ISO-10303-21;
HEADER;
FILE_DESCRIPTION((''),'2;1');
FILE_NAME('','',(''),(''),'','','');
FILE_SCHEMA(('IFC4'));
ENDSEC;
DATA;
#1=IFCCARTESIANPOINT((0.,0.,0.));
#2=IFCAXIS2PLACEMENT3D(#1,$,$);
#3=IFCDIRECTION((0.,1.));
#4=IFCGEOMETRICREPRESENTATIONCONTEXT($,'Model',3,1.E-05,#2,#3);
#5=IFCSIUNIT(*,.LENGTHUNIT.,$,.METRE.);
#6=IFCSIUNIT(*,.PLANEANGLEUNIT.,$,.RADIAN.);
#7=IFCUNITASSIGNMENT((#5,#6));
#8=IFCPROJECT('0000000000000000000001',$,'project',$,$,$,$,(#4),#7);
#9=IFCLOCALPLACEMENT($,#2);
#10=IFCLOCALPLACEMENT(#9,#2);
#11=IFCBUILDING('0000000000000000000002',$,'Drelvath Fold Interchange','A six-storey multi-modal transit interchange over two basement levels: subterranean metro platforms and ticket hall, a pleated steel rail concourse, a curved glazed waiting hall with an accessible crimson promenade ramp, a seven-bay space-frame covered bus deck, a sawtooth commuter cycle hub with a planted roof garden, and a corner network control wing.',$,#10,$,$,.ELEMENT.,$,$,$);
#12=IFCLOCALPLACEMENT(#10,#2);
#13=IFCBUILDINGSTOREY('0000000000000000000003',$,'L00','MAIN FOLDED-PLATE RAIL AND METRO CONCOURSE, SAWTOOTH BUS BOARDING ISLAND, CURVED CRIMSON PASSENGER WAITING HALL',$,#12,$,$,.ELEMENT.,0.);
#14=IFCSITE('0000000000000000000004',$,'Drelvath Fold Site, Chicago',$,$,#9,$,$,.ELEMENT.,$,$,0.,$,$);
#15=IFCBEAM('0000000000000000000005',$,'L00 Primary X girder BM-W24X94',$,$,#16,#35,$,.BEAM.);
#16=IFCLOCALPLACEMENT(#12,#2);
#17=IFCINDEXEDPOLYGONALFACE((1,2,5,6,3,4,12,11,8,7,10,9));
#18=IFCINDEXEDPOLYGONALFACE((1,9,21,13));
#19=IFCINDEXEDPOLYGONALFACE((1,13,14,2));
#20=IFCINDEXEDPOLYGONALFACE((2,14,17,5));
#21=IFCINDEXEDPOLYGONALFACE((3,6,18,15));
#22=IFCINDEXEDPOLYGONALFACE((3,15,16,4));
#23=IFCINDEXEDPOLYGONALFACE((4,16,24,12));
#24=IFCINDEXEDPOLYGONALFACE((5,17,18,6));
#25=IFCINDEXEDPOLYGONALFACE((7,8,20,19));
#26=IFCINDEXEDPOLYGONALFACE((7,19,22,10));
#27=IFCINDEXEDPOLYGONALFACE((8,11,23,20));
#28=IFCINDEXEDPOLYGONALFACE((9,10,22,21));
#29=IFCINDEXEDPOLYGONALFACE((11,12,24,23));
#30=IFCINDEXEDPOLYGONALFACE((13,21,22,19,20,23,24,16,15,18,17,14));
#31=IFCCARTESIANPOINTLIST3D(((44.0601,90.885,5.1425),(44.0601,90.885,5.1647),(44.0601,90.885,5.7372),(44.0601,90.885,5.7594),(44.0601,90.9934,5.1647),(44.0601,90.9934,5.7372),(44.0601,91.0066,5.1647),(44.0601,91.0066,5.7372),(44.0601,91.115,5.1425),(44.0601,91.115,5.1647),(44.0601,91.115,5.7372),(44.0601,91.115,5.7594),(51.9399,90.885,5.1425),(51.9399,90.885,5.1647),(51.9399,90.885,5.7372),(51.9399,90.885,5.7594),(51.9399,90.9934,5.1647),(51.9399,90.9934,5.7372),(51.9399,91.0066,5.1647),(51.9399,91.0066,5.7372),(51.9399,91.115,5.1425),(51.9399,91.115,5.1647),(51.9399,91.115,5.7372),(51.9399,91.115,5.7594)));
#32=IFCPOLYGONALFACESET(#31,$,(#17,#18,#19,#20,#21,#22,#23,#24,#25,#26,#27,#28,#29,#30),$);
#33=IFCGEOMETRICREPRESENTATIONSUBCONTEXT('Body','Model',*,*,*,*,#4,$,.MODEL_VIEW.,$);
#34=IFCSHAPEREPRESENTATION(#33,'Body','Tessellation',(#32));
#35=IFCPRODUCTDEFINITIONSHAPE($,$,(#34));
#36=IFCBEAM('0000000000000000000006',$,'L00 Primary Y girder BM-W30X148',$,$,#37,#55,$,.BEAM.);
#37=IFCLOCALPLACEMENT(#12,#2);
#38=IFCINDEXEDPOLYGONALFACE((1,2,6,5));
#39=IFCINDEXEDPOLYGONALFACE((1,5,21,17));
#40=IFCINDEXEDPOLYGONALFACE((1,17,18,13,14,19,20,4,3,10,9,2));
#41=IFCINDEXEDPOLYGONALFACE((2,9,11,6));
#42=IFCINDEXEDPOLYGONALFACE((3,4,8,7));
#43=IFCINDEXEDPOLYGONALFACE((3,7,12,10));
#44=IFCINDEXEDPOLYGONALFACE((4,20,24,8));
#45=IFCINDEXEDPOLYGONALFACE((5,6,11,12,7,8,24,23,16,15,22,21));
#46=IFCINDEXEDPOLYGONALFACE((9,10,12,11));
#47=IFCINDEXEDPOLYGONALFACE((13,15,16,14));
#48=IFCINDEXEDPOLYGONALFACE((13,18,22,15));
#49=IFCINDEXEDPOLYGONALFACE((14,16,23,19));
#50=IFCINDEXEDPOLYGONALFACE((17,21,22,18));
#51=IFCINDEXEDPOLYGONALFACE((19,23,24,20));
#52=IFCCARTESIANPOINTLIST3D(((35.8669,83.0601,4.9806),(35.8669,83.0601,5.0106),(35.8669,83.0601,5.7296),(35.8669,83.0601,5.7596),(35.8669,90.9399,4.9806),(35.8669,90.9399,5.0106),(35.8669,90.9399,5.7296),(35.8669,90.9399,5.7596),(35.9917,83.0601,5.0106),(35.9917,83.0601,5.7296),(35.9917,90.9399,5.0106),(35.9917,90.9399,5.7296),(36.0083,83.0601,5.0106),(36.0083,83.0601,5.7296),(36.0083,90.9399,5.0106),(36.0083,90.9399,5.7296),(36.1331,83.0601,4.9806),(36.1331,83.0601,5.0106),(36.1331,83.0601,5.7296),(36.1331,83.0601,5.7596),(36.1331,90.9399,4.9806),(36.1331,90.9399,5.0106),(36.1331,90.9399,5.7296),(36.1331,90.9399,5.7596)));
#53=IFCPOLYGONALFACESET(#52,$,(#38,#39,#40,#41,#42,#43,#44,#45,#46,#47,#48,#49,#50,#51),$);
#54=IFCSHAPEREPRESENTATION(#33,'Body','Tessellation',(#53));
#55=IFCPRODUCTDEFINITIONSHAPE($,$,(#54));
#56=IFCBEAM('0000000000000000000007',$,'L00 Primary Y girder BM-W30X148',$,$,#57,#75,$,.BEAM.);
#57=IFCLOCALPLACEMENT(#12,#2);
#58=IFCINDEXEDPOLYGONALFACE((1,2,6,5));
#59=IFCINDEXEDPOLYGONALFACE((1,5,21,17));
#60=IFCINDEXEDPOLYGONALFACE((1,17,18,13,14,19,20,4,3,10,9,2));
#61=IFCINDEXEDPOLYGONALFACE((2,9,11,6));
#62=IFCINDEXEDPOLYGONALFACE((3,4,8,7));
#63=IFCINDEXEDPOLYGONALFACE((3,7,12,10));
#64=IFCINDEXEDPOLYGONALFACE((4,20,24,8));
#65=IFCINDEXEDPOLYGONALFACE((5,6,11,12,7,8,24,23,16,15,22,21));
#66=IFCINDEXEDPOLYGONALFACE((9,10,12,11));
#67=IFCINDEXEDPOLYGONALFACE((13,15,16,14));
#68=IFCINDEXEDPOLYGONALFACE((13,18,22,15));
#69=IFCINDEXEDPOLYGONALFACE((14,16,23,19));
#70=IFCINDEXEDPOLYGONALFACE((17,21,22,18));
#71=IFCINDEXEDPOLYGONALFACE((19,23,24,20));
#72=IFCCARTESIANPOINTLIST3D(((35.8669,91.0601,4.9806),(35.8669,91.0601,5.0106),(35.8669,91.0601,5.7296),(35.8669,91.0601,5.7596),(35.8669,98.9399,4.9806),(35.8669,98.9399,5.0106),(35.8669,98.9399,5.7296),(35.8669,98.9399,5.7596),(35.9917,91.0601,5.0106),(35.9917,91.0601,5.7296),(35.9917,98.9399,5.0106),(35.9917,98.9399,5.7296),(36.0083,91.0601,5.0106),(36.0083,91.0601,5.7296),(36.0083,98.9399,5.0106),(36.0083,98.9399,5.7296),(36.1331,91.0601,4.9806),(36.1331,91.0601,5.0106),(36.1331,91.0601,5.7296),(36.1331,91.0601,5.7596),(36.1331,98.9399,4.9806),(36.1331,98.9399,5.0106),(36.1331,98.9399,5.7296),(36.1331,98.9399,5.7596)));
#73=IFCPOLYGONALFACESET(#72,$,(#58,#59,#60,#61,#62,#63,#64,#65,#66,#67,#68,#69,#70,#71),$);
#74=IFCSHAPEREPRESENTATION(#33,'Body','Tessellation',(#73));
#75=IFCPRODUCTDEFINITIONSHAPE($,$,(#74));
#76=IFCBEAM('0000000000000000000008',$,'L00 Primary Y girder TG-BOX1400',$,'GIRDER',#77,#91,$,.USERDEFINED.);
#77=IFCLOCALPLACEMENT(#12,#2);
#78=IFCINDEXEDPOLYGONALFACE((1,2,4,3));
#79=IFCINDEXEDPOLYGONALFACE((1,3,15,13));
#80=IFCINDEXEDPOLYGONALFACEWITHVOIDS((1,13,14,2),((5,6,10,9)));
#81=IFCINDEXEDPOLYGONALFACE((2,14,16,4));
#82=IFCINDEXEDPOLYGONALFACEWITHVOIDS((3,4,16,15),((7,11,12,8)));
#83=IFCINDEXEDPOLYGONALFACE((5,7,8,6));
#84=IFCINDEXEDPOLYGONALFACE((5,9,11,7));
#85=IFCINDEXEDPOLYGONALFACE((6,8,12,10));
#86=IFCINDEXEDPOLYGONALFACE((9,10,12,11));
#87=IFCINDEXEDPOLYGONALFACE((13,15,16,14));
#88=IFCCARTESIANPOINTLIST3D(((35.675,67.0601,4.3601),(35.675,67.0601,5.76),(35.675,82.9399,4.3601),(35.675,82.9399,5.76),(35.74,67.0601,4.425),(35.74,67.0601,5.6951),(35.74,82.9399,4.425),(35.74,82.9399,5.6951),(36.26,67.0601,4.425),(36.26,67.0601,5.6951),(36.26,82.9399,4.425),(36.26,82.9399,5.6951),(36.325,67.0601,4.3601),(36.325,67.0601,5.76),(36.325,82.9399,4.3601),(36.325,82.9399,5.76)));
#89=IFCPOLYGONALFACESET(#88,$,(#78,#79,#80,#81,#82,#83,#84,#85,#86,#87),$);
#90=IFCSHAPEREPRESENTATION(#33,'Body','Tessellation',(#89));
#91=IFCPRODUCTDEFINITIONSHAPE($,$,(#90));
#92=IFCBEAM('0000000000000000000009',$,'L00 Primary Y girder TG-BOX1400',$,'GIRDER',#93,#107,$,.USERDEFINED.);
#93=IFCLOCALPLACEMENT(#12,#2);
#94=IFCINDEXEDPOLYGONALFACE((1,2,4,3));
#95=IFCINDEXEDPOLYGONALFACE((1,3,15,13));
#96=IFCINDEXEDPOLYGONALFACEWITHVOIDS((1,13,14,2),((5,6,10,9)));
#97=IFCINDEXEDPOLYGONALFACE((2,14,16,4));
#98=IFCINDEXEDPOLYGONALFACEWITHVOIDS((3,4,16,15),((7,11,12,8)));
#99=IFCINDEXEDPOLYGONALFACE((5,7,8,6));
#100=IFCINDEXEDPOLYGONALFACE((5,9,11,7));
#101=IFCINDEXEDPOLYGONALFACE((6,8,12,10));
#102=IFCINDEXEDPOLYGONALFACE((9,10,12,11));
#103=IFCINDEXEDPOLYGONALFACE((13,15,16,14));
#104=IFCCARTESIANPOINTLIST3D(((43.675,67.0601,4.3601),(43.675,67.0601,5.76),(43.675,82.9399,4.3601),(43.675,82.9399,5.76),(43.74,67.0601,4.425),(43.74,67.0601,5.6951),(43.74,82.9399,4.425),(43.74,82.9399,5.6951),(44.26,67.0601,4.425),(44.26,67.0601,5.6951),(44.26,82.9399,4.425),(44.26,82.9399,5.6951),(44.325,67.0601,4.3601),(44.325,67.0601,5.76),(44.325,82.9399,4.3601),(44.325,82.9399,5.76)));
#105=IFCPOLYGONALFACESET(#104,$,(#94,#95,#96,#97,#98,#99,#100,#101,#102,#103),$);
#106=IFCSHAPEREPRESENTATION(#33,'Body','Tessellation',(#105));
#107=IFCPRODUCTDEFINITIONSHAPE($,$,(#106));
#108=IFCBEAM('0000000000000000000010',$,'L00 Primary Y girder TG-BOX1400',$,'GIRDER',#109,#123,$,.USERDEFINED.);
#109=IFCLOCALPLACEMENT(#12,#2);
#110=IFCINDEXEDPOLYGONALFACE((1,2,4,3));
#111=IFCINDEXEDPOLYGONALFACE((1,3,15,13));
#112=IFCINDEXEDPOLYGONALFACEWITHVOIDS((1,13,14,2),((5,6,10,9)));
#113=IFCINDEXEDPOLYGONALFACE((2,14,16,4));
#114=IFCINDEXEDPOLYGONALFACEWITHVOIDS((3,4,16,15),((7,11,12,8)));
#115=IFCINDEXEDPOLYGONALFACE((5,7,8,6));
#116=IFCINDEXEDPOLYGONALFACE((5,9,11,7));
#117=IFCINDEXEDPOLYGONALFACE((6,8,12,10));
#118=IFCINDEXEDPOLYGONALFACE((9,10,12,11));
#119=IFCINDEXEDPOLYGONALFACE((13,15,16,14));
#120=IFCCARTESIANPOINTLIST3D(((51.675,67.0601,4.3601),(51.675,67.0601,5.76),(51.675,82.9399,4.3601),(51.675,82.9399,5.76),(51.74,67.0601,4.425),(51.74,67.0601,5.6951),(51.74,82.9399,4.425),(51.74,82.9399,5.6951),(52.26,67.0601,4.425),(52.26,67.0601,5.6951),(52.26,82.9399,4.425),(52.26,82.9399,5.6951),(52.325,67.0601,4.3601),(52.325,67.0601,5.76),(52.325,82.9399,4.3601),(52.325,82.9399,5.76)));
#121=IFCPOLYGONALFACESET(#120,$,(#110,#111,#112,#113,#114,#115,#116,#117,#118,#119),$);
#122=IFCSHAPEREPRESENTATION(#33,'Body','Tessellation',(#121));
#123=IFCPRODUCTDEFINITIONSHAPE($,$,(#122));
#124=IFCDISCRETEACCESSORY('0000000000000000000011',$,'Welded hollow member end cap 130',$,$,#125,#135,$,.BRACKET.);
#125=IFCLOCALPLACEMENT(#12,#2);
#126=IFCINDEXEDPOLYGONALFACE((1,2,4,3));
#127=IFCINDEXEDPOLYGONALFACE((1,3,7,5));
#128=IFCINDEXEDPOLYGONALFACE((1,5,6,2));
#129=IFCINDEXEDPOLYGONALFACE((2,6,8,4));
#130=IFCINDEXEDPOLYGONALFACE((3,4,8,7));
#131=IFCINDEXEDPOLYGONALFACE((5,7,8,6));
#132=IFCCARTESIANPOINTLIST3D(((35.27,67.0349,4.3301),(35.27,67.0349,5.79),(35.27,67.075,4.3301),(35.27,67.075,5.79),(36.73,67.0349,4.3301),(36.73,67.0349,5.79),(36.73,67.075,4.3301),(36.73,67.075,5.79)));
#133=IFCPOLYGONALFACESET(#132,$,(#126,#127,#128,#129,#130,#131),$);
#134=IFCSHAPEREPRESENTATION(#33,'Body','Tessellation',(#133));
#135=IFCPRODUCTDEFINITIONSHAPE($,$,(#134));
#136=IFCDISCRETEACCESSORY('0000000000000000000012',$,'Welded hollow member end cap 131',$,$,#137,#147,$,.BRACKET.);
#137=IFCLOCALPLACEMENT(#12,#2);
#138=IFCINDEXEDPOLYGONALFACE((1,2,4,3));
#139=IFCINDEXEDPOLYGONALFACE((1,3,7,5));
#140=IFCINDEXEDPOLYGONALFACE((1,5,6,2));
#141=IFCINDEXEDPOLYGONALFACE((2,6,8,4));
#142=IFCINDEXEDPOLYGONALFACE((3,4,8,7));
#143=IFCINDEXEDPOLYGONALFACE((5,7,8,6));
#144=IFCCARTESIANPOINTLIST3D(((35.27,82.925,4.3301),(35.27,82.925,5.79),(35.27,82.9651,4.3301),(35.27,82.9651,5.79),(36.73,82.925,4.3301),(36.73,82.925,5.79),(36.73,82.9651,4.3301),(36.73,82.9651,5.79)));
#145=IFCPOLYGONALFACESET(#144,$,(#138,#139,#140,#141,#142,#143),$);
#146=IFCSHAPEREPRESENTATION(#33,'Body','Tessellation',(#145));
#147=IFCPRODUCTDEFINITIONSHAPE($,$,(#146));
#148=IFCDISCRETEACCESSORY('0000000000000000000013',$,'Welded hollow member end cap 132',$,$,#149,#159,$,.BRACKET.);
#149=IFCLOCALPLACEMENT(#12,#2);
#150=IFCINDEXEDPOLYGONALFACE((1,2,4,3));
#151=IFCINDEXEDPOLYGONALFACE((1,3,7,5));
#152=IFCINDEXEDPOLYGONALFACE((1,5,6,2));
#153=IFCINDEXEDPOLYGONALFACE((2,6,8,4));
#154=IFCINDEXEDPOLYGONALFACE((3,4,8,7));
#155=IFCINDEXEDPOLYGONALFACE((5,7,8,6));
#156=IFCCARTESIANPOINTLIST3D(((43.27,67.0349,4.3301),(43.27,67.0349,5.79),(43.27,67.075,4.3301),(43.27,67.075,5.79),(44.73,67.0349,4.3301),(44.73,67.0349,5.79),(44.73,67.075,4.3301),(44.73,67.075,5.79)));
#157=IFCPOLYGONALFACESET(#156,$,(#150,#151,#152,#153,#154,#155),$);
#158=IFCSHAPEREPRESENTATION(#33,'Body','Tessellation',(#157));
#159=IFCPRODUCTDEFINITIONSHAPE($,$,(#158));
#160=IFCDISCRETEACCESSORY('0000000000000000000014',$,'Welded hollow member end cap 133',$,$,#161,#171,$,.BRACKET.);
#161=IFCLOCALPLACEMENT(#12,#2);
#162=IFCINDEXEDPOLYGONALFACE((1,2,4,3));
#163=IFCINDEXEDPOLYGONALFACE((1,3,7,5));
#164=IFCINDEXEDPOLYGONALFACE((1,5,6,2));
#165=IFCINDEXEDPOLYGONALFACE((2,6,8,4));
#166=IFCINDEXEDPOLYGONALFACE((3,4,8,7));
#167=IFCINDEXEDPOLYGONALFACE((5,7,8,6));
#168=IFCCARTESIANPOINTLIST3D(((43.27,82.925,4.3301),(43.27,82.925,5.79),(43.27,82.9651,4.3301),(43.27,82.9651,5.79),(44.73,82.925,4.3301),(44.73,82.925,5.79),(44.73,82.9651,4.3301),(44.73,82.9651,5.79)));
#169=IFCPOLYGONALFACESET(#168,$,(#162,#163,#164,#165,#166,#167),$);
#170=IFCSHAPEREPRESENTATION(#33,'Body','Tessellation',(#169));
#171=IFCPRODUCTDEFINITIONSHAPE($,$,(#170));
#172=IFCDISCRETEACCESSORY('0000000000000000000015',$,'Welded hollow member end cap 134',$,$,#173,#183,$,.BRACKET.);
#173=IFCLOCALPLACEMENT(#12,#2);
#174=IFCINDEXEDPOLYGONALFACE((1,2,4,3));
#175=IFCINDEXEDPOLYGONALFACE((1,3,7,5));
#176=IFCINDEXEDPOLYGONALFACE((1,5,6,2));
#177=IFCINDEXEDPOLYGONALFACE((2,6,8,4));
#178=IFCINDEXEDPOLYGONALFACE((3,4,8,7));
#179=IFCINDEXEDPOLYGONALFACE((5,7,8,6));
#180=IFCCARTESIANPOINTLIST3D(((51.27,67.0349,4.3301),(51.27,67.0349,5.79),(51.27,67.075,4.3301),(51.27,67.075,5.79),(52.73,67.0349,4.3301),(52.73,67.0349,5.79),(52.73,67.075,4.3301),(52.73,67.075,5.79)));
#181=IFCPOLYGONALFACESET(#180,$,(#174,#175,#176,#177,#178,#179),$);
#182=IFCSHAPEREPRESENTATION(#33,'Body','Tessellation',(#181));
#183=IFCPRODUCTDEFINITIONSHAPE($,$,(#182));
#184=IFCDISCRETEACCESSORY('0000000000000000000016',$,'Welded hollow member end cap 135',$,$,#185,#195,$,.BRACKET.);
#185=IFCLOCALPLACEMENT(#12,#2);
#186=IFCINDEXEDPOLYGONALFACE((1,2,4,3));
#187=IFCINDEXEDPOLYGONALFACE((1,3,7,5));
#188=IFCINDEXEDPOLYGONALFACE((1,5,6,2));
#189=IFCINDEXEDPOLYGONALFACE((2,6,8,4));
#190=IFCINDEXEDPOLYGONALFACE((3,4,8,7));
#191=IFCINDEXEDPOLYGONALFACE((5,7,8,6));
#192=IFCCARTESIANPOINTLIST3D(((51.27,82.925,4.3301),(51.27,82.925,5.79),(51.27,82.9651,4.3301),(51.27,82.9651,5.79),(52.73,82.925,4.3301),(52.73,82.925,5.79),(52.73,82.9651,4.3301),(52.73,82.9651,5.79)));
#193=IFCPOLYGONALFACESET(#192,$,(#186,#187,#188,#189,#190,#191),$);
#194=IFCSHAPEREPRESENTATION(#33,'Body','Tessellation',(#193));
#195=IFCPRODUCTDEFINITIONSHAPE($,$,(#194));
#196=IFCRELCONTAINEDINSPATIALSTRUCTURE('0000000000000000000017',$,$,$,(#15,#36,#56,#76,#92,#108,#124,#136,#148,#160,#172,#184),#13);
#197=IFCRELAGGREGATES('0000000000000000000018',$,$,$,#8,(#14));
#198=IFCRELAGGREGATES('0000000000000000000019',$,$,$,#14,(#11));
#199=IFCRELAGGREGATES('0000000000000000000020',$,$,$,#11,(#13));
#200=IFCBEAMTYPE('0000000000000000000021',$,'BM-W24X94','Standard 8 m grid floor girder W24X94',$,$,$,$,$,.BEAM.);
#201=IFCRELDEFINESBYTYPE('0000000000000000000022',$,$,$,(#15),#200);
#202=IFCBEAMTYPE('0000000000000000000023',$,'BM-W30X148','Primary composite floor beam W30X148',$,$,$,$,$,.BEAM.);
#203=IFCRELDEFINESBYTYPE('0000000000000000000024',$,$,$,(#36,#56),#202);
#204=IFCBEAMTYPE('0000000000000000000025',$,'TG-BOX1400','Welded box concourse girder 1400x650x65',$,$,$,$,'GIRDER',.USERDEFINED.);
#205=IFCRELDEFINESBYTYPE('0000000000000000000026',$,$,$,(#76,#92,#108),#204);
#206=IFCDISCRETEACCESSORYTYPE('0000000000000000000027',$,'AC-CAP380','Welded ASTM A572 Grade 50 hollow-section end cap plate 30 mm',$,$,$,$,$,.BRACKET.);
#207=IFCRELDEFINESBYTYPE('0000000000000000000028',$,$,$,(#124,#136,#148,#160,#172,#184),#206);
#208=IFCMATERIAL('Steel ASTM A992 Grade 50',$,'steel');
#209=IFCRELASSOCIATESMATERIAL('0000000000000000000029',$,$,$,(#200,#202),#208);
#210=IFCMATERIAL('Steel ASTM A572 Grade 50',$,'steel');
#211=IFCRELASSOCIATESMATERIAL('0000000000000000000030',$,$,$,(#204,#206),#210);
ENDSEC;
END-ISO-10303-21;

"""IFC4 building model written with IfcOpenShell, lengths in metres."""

from ifc_helpers import new_model, si_unit, direction, frame, origin, origin_2d, place, context, subcontext, project, spatial, rectangle, hollow_rectangle, i_section, extrude, material, material_profile, profile_set, type_object, element, save


model = new_model("IFC4")

# Units and contexts
model_context = context("Model", 3, precision=1e-05, world=origin(), true_north=direction((0.0, 1.0)))
body_context = subcontext(model_context, "Body", "Model", "MODEL_VIEW")
ifc_project = project(units=[si_unit("LENGTHUNIT", "METRE"), si_unit("PLANEANGLEUNIT", "RADIAN")], contexts=[model_context])

# Site, building, storey
site_placement = place(None, origin())
site = spatial("IfcSite", under=ifc_project, at=site_placement, Name="Drelvath Fold Site, Chicago", CompositionType="ELEMENT", RefElevation=0.0)
building_placement = place(site_placement, origin())
building = spatial("IfcBuilding", under=site, at=building_placement, Name="Drelvath Fold Interchange", Description="A six-storey multi-modal transit interchange over two basement levels: subterranean metro platforms and ticket hall, a pleated steel rail concourse, a curved glazed waiting hall with an accessible crimson promenade ramp, a seven-bay space-frame covered bus deck, a sawtooth commuter cycle hub with a planted roof garden, and a corner network control wing.", CompositionType="ELEMENT")
storey_placement = place(building_placement, origin())
storey = spatial("IfcBuildingStorey", under=building, at=storey_placement, Name="L00", Description="MAIN FOLDED-PLATE RAIL AND METRO CONCOURSE, SAWTOOTH BUS BOARDING ISLAND, CURVED CRIMSON PASSENGER WAITING HALL", CompositionType="ELEMENT", Elevation=0.0)

# Beams
ifc_material_1 = material(Name="Steel ASTM A992 Grade 50", Category="steel")
ifc_material_profile_1 = material_profile(ifc_material_1, i_section(OverallWidth=0.23, OverallDepth=0.6169, WebThickness=0.0132, FlangeThickness=0.0222, at=origin_2d()), Name="W24X94")
ifc_profile_set_1 = profile_set([ifc_material_profile_1], Name="Steel ASTM A992 Grade 50")
beam_type_1 = type_object("IfcBeamType", Name="BM-W24X94", Description="Standard 8 m grid floor girder W24X94", PredefinedType="BEAM", material=ifc_profile_set_1)
for number, where, z_axis, x_axis, name in (
    (1, (44.0601, 91.0, 5.4509), (1.0, 0.0, 0.0), (0.0, 1.0, 0.0), "L00 Primary X girder BM-W24X94"),
):
    element("IfcBeam", number, at=place(storey_placement, frame(where, z_axis=z_axis, x_axis=x_axis)), inside=storey, type_object=beam_type_1, Name=name, PredefinedType="BEAM", context=body_context, shape_type="SweptSolid", body=[
        extrude(i_section(OverallWidth=0.23, OverallDepth=0.6169, WebThickness=0.0132, FlangeThickness=0.0222, at=origin_2d()), origin(), (0.0, 0.0, 1.0), 7.8799),
    ])
ifc_material_profile_2 = material_profile(ifc_material_1, i_section(OverallWidth=0.2661, OverallDepth=0.7791, WebThickness=0.0166, FlangeThickness=0.03, at=origin_2d()), Name="W30X148")
ifc_profile_set_2 = profile_set([ifc_material_profile_2], Name="Steel ASTM A992 Grade 50")
beam_type_2 = type_object("IfcBeamType", Name="BM-W30X148", Description="Primary composite floor beam W30X148", PredefinedType="BEAM", material=ifc_profile_set_2)
for number, where, z_axis, x_axis, name in (
    (2, (36.0, 83.0601, 5.3701), (0.0, 1.0, 0.0), (-1.0, 0.0, 0.0), "L00 Primary Y girder BM-W30X148"),
    (3, (36.0, 91.0601, 5.3701), (0.0, 1.0, 0.0), (-1.0, 0.0, 0.0), "L00 Primary Y girder BM-W30X148"),
):
    element("IfcBeam", number, at=place(storey_placement, frame(where, z_axis=z_axis, x_axis=x_axis)), inside=storey, type_object=beam_type_2, Name=name, PredefinedType="BEAM", context=body_context, shape_type="SweptSolid", body=[
        extrude(i_section(OverallWidth=0.2661, OverallDepth=0.7791, WebThickness=0.0166, FlangeThickness=0.03, at=origin_2d()), origin(), (0.0, 0.0, 1.0), 7.8799),
    ])
ifc_material_2 = material(Name="Steel ASTM A572 Grade 50", Category="steel")
ifc_material_profile_3 = material_profile(ifc_material_2, hollow_rectangle(XDim=0.6499, YDim=1.3999, WallThickness=0.0649, at=origin_2d()), Name="BOX 1400x650x65")
ifc_profile_set_3 = profile_set([ifc_material_profile_3], Name="Steel ASTM A572 Grade 50")
beam_type_3 = type_object("IfcBeamType", Name="TG-BOX1400", Description="Welded box concourse girder 1400x650x65", ElementType="GIRDER", PredefinedType="USERDEFINED", material=ifc_profile_set_3)
for number, where, z_axis, x_axis, name in (
    (4, (36.0, 67.0601, 5.0601), (0.0, 1.0, 0.0), (-1.0, 0.0, 0.0), "L00 Primary Y girder TG-BOX1400"),
    (5, (44.0, 67.0601, 5.0601), (0.0, 1.0, 0.0), (-1.0, 0.0, 0.0), "L00 Primary Y girder TG-BOX1400"),
    (6, (52.0, 67.0601, 5.0601), (0.0, 1.0, 0.0), (-1.0, 0.0, 0.0), "L00 Primary Y girder TG-BOX1400"),
):
    element("IfcBeam", number, at=place(storey_placement, frame(where, z_axis=z_axis, x_axis=x_axis)), inside=storey, type_object=beam_type_3, Name=name, ObjectType="GIRDER", PredefinedType="USERDEFINED", context=body_context, shape_type="SweptSolid", body=[
        extrude(hollow_rectangle(XDim=0.6499, YDim=1.3999, WallThickness=0.0649, at=origin_2d()), origin(), (0.0, 0.0, 1.0), 15.8799),
    ])

# Discrete accessories
discrete_accessory_type = type_object("IfcDiscreteAccessoryType", Name="AC-CAP380", Description="Welded ASTM A572 Grade 50 hollow-section end cap plate 30 mm", PredefinedType="BRACKET", material=ifc_material_2)
for number, where, z_axis, x_axis, name in (
    (7, (36.0, 67.0549, 4.3301), (0.0, 0.0, 1.0), (1.0, 0.0, 0.0), "Welded hollow member end cap 130"),
    (8, (36.0, 82.9451, 4.3301), (0.0, 0.0, 1.0), (1.0, 0.0, 0.0), "Welded hollow member end cap 131"),
    (9, (44.0, 67.0549, 4.3301), (0.0, 0.0, 1.0), (1.0, 0.0, 0.0), "Welded hollow member end cap 132"),
    (10, (44.0, 82.9451, 4.3301), (0.0, 0.0, 1.0), (1.0, 0.0, 0.0), "Welded hollow member end cap 133"),
    (11, (52.0, 67.0549, 4.3301), (0.0, 0.0, 1.0), (1.0, 0.0, 0.0), "Welded hollow member end cap 134"),
    (12, (52.0, 82.9451, 4.3301), (0.0, 0.0, 1.0), (1.0, 0.0, 0.0), "Welded hollow member end cap 135"),
):
    element("IfcDiscreteAccessory", number, at=place(storey_placement, frame(where, z_axis=z_axis, x_axis=x_axis)), inside=storey, type_object=discrete_accessory_type, Name=name, PredefinedType="BRACKET", context=body_context, shape_type="SweptSolid", body=[
        extrude(rectangle(XDim=1.46, YDim=0.04, at=origin_2d()), origin(), (0.0, 0.0, 1.0), 1.46),
    ])

save(model, "model.ifc")
